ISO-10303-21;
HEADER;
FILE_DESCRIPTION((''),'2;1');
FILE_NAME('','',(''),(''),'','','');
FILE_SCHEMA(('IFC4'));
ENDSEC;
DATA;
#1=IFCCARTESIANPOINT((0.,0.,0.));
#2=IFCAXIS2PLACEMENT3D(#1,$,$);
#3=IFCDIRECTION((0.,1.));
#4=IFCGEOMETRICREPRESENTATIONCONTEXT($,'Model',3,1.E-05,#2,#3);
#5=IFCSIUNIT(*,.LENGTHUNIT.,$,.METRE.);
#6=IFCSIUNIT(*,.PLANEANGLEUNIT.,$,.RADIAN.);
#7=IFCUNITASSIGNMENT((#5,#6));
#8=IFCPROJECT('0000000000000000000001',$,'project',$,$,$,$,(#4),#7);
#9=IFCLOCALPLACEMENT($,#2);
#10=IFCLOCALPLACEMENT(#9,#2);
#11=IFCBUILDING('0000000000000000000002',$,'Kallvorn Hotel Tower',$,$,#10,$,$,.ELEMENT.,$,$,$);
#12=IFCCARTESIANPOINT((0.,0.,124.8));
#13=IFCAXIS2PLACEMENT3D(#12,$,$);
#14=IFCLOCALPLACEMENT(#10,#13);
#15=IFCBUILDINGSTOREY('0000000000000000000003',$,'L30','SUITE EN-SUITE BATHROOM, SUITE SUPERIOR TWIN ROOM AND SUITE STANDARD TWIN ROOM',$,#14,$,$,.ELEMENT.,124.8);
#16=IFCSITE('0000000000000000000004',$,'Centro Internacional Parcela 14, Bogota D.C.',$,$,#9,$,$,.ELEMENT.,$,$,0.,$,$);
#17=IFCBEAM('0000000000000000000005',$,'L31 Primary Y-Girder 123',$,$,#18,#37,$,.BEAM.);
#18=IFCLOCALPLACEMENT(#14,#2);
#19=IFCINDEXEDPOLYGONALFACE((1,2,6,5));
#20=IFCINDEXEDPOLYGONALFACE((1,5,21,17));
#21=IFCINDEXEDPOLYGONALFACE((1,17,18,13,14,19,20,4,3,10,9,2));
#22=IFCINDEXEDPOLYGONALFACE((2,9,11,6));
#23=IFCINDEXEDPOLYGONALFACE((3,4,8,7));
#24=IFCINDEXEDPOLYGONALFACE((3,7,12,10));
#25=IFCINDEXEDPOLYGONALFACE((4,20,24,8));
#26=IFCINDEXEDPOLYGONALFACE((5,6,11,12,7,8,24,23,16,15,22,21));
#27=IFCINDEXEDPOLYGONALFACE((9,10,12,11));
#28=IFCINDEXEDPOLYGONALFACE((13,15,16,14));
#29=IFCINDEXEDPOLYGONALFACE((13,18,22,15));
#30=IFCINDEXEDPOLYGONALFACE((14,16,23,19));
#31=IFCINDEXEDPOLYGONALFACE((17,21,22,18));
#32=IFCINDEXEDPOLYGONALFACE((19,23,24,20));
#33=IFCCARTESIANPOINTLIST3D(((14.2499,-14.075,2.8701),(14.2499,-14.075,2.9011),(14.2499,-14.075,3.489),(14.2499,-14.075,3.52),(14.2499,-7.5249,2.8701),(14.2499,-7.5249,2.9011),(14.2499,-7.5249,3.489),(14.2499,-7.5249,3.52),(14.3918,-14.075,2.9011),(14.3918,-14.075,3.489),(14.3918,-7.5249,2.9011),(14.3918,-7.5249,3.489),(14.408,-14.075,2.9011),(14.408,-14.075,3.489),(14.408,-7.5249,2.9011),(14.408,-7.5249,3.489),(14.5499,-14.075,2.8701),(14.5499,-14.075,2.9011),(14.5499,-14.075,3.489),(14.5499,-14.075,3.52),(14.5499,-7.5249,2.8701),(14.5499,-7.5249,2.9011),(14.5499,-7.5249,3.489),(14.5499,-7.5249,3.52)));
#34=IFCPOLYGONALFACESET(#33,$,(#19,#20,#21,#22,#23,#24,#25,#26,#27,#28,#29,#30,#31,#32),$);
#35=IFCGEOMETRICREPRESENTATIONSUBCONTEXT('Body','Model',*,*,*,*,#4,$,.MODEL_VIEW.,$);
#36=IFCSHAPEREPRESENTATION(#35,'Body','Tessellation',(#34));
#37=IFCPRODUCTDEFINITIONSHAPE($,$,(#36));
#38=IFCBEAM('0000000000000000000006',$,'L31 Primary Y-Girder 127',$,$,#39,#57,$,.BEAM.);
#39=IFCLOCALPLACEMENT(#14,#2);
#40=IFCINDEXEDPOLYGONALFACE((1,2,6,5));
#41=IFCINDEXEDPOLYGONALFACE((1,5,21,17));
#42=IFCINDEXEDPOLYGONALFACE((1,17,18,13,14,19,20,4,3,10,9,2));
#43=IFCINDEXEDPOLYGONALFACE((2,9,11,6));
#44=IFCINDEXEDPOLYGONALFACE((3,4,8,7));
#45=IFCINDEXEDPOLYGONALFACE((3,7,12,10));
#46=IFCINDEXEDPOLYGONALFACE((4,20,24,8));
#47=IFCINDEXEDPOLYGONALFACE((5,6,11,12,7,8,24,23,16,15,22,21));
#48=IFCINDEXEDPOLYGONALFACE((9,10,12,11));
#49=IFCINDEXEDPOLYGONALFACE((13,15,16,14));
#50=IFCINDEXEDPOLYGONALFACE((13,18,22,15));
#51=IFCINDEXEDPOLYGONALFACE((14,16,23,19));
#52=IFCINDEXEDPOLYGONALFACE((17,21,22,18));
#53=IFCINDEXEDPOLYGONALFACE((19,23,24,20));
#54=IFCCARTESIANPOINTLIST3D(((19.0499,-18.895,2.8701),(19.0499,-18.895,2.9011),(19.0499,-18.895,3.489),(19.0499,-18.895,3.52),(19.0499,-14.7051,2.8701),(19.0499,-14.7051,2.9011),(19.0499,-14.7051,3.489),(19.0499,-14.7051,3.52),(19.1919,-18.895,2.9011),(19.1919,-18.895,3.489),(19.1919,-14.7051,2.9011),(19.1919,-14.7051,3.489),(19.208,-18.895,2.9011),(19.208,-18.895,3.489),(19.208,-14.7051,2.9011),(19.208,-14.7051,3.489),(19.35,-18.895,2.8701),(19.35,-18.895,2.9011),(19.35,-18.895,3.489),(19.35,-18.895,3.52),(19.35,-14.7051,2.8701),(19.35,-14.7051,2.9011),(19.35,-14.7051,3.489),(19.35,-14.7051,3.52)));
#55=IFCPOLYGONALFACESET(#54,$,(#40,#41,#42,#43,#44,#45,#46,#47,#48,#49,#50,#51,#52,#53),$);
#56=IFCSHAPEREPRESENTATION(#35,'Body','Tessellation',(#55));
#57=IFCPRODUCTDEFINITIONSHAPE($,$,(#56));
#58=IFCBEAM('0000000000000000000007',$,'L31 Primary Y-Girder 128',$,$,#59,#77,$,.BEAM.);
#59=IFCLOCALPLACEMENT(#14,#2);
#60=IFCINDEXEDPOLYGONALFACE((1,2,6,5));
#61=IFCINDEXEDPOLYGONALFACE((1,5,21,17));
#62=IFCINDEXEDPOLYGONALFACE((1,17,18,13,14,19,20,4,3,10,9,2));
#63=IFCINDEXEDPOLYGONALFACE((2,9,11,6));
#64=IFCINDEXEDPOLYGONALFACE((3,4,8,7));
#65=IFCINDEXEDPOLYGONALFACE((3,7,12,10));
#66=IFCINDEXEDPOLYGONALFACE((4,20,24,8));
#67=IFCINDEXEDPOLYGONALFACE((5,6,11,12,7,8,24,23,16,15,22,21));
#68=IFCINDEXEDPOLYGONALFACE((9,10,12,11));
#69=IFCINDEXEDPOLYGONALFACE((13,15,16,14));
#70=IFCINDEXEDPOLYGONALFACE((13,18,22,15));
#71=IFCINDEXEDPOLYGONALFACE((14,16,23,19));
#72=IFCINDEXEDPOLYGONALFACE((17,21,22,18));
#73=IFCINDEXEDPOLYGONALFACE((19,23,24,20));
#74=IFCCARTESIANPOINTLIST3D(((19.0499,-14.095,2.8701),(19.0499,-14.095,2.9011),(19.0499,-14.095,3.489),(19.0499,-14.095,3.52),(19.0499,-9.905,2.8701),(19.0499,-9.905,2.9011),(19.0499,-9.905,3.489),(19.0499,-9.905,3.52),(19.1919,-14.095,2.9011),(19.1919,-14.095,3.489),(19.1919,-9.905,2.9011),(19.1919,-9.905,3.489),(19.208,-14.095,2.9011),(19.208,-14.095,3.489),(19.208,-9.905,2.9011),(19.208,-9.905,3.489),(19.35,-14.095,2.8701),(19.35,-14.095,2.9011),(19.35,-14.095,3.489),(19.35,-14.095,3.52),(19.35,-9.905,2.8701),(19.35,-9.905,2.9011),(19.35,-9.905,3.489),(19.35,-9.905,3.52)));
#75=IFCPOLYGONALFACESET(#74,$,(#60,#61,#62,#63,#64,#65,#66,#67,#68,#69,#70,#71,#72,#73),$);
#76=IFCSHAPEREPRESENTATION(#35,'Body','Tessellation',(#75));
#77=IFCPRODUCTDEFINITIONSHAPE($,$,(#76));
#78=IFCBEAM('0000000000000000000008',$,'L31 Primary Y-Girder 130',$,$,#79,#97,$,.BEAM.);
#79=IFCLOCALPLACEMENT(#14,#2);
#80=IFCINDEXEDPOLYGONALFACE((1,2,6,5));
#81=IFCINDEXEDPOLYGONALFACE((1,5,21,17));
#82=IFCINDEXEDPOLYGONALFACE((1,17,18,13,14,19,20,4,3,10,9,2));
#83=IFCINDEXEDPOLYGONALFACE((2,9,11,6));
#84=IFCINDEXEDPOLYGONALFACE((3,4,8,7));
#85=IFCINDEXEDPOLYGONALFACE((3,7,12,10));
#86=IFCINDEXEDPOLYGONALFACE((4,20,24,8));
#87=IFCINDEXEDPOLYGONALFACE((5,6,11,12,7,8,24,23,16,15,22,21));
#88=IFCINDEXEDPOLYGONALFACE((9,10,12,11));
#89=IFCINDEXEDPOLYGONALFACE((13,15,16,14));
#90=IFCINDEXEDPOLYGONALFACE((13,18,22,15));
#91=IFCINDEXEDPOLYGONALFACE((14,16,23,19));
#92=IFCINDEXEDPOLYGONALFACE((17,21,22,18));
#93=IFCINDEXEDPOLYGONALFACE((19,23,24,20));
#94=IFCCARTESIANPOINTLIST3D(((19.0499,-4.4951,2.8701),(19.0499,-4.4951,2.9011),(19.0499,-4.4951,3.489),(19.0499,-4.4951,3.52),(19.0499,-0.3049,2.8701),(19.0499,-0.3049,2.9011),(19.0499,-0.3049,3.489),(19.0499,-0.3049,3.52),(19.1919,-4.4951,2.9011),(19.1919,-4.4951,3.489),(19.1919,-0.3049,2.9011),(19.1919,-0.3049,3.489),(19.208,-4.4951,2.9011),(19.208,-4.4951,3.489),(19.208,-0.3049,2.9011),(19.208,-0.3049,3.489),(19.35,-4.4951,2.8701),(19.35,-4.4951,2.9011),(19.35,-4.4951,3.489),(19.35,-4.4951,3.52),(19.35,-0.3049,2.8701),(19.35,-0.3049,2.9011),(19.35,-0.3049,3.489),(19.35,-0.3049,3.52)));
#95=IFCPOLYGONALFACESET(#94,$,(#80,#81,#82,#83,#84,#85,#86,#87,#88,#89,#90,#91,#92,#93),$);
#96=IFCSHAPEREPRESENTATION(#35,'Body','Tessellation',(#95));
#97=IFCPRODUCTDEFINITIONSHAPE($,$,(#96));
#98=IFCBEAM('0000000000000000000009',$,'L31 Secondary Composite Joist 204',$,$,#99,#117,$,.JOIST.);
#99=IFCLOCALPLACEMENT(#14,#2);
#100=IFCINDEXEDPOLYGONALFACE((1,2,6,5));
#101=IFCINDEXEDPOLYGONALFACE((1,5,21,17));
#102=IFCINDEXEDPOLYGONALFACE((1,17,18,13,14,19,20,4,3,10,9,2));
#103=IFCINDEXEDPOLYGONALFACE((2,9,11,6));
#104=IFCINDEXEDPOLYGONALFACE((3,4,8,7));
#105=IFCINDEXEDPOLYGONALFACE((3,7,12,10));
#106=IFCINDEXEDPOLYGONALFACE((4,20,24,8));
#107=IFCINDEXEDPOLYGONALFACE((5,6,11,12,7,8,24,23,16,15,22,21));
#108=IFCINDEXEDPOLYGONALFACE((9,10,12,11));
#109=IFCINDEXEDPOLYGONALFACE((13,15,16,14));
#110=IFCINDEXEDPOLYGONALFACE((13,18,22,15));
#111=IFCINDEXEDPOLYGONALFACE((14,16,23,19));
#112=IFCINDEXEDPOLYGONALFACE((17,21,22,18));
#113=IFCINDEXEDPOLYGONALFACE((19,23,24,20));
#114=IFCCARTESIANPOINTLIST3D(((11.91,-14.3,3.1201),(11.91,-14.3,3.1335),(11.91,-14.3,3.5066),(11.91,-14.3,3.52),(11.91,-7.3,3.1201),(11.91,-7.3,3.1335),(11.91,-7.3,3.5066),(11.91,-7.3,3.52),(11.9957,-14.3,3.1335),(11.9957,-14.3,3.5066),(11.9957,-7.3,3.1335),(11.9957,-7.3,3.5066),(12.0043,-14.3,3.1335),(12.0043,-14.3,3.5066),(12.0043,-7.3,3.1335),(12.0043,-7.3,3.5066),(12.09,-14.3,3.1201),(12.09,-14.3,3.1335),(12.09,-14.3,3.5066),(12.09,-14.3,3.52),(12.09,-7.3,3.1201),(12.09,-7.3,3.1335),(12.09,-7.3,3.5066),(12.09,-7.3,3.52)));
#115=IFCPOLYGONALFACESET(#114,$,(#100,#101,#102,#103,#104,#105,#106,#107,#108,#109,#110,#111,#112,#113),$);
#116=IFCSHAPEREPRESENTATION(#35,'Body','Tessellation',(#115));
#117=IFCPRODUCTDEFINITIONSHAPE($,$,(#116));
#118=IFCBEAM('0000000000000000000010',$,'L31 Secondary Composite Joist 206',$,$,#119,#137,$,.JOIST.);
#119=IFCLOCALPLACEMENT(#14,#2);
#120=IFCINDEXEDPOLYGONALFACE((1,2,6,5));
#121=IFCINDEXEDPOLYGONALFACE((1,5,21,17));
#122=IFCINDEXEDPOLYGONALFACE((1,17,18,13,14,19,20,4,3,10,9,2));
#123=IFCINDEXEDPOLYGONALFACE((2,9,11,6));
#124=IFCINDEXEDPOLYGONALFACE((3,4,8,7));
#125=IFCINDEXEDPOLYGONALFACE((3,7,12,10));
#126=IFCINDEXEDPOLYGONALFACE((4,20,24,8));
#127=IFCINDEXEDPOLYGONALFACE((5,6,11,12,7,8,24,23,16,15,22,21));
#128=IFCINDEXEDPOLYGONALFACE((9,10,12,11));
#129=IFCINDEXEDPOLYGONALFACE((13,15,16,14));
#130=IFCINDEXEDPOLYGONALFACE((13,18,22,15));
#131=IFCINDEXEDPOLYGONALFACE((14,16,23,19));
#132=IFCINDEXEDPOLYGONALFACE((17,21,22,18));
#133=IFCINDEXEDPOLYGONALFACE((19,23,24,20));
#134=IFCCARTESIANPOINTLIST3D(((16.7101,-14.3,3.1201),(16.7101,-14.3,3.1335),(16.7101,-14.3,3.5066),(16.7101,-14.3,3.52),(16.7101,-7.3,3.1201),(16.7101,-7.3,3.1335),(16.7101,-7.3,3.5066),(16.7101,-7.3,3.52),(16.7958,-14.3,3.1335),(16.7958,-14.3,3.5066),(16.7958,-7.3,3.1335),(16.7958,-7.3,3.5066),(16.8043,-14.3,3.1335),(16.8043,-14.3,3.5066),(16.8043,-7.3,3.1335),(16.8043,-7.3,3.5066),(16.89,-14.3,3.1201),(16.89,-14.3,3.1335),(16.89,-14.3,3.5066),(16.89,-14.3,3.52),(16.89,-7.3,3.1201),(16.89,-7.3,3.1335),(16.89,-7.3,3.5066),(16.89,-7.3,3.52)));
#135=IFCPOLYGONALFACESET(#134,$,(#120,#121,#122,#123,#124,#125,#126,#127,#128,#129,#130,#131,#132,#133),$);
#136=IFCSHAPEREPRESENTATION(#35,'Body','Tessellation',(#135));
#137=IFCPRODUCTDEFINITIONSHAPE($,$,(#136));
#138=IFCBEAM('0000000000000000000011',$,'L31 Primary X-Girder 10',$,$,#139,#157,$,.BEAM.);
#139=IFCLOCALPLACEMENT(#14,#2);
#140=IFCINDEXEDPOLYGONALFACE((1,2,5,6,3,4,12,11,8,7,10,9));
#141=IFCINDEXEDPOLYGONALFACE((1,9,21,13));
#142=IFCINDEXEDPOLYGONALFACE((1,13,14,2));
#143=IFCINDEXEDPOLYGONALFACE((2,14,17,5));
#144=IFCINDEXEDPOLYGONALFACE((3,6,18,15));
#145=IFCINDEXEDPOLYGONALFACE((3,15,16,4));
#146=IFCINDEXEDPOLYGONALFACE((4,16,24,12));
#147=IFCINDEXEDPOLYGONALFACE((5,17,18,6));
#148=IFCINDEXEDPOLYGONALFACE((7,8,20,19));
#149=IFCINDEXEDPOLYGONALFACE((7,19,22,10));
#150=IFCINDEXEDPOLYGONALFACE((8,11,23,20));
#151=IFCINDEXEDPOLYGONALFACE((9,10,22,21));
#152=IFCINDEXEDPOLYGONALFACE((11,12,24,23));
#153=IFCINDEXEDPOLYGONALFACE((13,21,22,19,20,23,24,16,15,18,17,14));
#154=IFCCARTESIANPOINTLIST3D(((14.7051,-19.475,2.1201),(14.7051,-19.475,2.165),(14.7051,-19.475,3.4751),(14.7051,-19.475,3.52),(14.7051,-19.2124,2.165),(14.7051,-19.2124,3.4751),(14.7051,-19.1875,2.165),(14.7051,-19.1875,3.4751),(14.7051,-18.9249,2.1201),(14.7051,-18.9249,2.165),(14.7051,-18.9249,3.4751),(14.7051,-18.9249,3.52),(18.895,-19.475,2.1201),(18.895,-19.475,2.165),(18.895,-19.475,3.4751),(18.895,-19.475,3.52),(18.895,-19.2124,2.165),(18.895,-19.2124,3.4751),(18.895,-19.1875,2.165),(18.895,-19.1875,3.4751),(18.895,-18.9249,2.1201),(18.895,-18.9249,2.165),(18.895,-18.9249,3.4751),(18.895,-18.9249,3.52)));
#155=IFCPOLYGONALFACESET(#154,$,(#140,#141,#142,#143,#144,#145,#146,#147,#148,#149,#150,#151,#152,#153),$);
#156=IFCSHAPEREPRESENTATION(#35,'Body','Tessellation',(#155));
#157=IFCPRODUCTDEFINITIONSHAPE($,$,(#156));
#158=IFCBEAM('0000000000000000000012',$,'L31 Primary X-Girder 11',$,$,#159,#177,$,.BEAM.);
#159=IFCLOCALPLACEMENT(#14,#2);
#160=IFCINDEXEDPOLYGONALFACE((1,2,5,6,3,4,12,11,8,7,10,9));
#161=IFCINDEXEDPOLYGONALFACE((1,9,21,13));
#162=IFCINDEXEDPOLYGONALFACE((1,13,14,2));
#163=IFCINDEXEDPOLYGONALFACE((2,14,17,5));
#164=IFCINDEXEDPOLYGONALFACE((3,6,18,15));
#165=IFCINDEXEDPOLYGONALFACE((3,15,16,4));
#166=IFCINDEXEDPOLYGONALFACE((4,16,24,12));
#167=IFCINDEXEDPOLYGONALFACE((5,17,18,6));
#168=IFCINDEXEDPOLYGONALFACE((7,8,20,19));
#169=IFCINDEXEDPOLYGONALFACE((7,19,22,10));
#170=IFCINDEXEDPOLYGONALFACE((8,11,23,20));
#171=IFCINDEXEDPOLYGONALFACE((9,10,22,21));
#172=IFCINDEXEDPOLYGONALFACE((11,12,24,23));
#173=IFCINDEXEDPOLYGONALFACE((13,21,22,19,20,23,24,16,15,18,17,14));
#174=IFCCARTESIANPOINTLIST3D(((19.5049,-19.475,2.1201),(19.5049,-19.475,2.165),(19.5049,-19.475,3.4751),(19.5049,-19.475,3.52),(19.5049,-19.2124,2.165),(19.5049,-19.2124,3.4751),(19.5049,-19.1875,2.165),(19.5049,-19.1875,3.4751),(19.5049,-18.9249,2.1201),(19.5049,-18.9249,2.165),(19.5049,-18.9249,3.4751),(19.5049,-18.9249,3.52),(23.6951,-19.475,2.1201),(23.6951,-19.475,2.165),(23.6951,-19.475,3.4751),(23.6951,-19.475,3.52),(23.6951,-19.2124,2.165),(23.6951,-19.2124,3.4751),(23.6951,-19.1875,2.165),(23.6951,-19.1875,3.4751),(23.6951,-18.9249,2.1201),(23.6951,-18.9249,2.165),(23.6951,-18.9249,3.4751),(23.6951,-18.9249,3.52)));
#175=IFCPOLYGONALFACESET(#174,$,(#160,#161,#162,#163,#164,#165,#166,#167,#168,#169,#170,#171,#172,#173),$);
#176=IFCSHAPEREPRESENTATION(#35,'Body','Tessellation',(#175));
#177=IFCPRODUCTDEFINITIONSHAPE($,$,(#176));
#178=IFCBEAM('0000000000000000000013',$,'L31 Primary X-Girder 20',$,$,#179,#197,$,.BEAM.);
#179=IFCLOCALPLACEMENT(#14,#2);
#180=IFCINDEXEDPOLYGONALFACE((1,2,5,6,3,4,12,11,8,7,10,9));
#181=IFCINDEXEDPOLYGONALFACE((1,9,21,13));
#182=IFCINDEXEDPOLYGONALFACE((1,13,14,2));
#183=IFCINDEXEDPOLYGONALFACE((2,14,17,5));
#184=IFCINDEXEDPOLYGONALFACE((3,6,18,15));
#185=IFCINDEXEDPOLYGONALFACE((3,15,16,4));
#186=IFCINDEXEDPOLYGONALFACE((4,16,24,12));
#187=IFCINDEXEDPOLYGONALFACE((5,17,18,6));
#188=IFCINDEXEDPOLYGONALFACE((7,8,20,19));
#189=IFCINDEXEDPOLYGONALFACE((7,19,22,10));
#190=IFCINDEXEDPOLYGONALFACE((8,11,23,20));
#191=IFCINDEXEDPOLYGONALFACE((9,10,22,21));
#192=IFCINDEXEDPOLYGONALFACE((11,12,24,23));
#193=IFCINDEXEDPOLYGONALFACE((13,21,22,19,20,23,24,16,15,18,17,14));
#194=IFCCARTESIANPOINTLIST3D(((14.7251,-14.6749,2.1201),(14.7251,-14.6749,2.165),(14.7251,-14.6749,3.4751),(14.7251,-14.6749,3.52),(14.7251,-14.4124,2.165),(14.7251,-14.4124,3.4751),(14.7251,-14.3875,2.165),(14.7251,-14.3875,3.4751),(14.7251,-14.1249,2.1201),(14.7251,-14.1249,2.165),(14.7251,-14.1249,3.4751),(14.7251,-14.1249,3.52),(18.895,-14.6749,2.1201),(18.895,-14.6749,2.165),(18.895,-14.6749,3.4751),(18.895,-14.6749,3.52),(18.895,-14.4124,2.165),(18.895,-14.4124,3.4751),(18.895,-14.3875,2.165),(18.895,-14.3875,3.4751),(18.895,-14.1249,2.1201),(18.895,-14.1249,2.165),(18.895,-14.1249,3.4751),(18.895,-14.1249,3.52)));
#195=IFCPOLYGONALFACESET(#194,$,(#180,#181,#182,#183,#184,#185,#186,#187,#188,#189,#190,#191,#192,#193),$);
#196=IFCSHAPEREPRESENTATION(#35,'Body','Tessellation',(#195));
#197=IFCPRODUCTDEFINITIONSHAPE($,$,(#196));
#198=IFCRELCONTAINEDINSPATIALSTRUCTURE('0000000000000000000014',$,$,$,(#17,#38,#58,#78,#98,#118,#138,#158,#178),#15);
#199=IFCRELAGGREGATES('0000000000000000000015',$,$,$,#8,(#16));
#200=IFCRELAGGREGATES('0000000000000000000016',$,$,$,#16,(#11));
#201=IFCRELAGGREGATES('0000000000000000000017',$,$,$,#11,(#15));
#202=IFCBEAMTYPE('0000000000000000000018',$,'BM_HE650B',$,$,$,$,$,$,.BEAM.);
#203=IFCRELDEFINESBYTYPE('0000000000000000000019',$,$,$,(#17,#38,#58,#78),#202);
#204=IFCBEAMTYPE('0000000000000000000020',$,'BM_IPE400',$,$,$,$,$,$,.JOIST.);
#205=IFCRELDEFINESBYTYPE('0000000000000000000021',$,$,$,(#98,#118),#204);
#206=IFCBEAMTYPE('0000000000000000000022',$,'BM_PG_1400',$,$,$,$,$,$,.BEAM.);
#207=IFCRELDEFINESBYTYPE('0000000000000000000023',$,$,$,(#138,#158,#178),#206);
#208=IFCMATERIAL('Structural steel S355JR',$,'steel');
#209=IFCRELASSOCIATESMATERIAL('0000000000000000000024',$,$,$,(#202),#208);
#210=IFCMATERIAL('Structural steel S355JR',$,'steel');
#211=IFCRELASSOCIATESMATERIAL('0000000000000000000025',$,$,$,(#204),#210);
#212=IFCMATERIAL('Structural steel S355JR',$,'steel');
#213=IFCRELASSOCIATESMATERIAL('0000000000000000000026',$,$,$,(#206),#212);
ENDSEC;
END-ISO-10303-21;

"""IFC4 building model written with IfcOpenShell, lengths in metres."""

from ifc_helpers import new_model, si_unit, direction, frame, origin, origin_2d, place, context, subcontext, project, spatial, i_section, extrude, material, material_profile, profile_set, type_object, element, save


model = new_model("IFC4")

# Units and contexts
model_context = context("Model", 3, precision=1e-05, world=origin(), true_north=direction((0.0, 1.0)))
body_context = subcontext(model_context, "Body", "Model", "MODEL_VIEW")
ifc_project = project(units=[si_unit("LENGTHUNIT", "METRE"), si_unit("PLANEANGLEUNIT", "RADIAN")], contexts=[model_context])

# Site, building, storey
site_placement = place(None, origin())
site = spatial("IfcSite", under=ifc_project, at=site_placement, Name="Centro Internacional Parcela 14, Bogota D.C.", CompositionType="ELEMENT", RefElevation=0.0)
building_placement = place(site_placement, origin())
building = spatial("IfcBuilding", under=site, at=building_placement, Name="Kallvorn Hotel Tower", CompositionType="ELEMENT")
storey_placement = place(building_placement, frame((0.0, 0.0, 124.8)))
storey = spatial("IfcBuildingStorey", under=building, at=storey_placement, Name="L30", Description="SUITE EN-SUITE BATHROOM, SUITE SUPERIOR TWIN ROOM AND SUITE STANDARD TWIN ROOM", CompositionType="ELEMENT", Elevation=124.8)

# Beams
ifc_material_1 = material(Name="Structural steel S355JR", Category="steel")
ifc_material_profile_1 = material_profile(ifc_material_1, i_section(OverallWidth=0.3, OverallDepth=0.6499, WebThickness=0.0161, FlangeThickness=0.031, at=origin_2d()), Name="HE 650 B")
ifc_profile_set_1 = profile_set([ifc_material_profile_1], Name="Structural steel S355JR")
beam_type_1 = type_object("IfcBeamType", Name="BM_HE650B", PredefinedType="BEAM", material=ifc_profile_set_1)
beam_1_placement = place(storey_placement, frame((14.3999, -14.075, 3.1951), z_axis=(0.0, 1.0, 0.0), x_axis=(-1.0, 0.0, 0.0)))
element("IfcBeam", 1, at=beam_1_placement, inside=storey, type_object=beam_type_1, Name="L31 Primary Y-Girder 123", PredefinedType="BEAM", context=body_context, shape_type="SweptSolid", body=[
    extrude(i_section(OverallWidth=0.3, OverallDepth=0.6499, WebThickness=0.0161, FlangeThickness=0.031, at=origin_2d()), origin(), (0.0, 0.0, 1.0), 6.55),
])
for number, where, z_axis, x_axis, name in (
    (2, (19.2, -18.895, 3.1951), (0.0, 1.0, 0.0), (-1.0, 0.0, 0.0), "L31 Primary Y-Girder 127"),
    (3, (19.2, -14.095, 3.1951), (0.0, 1.0, 0.0), (-1.0, 0.0, 0.0), "L31 Primary Y-Girder 128"),
):
    element("IfcBeam", number, at=place(storey_placement, frame(where, z_axis=z_axis, x_axis=x_axis)), inside=storey, type_object=beam_type_1, Name=name, PredefinedType="BEAM", context=body_context, shape_type="SweptSolid", body=[
        extrude(i_section(OverallWidth=0.3, OverallDepth=0.6499, WebThickness=0.0161, FlangeThickness=0.031, at=origin_2d()), origin(), (0.0, 0.0, 1.0), 4.1899),
    ])
beam_2_placement = place(storey_placement, frame((19.2, -4.4951, 3.1951), z_axis=(0.0, 1.0, 0.0), x_axis=(-1.0, 0.0, 0.0)))
element("IfcBeam", 4, at=beam_2_placement, inside=storey, type_object=beam_type_1, Name="L31 Primary Y-Girder 130", PredefinedType="BEAM", context=body_context, shape_type="SweptSolid", body=[
    extrude(i_section(OverallWidth=0.3, OverallDepth=0.6499, WebThickness=0.0161, FlangeThickness=0.031, at=origin_2d()), origin(), (0.0, 0.0, 1.0), 4.1902),
])
ifc_material_2 = material(Name="Structural steel S355JR", Category="steel")
ifc_material_profile_2 = material_profile(ifc_material_2, i_section(OverallWidth=0.1799, OverallDepth=0.3999, WebThickness=0.0085, FlangeThickness=0.0134, at=origin_2d()), Name="IPE 400")
ifc_profile_set_2 = profile_set([ifc_material_profile_2], Name="Structural steel S355JR")
beam_type_2 = type_object("IfcBeamType", Name="BM_IPE400", PredefinedType="JOIST", material=ifc_profile_set_2)
for number, where, z_axis, x_axis, name in (
    (5, (12.0, -14.3, 3.3201), (0.0, 1.0, 0.0), (-1.0, 0.0, 0.0), "L31 Secondary Composite Joist 204"),
    (6, (16.8, -14.3, 3.3201), (0.0, 1.0, 0.0), (-1.0, 0.0, 0.0), "L31 Secondary Composite Joist 206"),
):
    element("IfcBeam", number, at=place(storey_placement, frame(where, z_axis=z_axis, x_axis=x_axis)), inside=storey, type_object=beam_type_2, Name=name, PredefinedType="JOIST", context=body_context, shape_type="SweptSolid", body=[
        extrude(i_section(OverallWidth=0.1799, OverallDepth=0.3999, WebThickness=0.0085, FlangeThickness=0.0134, at=origin_2d()), origin(), (0.0, 0.0, 1.0), 7.0),
    ])
ifc_material_3 = material(Name="Structural steel S355JR", Category="steel")
ifc_material_profile_3 = material_profile(ifc_material_3, i_section(OverallWidth=0.55, OverallDepth=1.3999, WebThickness=0.0249, FlangeThickness=0.0449, at=origin_2d()), Name="PG 1400x550x25x45")
ifc_profile_set_3 = profile_set([ifc_material_profile_3], Name="Structural steel S355JR")
beam_type_3 = type_object("IfcBeamType", Name="BM_PG_1400", PredefinedType="BEAM", material=ifc_profile_set_3)
beam_3_placement = place(storey_placement, frame((14.7051, -19.2, 2.8201), z_axis=(1.0, 0.0, 0.0), x_axis=(0.0, 1.0, 0.0)))
element("IfcBeam", 7, at=beam_3_placement, inside=storey, type_object=beam_type_3, Name="L31 Primary X-Girder 10", PredefinedType="BEAM", context=body_context, shape_type="SweptSolid", body=[
    extrude(i_section(OverallWidth=0.55, OverallDepth=1.3999, WebThickness=0.0249, FlangeThickness=0.0449, at=origin_2d()), origin(), (0.0, 0.0, 1.0), 4.1899),
])
beam_4_placement = place(storey_placement, frame((19.5049, -19.2, 2.8201), z_axis=(1.0, 0.0, 0.0), x_axis=(0.0, 1.0, 0.0)))
element("IfcBeam", 8, at=beam_4_placement, inside=storey, type_object=beam_type_3, Name="L31 Primary X-Girder 11", PredefinedType="BEAM", context=body_context, shape_type="SweptSolid", body=[
    extrude(i_section(OverallWidth=0.55, OverallDepth=1.3999, WebThickness=0.0249, FlangeThickness=0.0449, at=origin_2d()), origin(), (0.0, 0.0, 1.0), 4.1902),
])
beam_5_placement = place(storey_placement, frame((14.7251, -14.3999, 2.8201), z_axis=(1.0, 0.0, 0.0), x_axis=(0.0, 1.0, 0.0)))
element("IfcBeam", 9, at=beam_5_placement, inside=storey, type_object=beam_type_3, Name="L31 Primary X-Girder 20", PredefinedType="BEAM", context=body_context, shape_type="SweptSolid", body=[
    extrude(i_section(OverallWidth=0.55, OverallDepth=1.3999, WebThickness=0.0249, FlangeThickness=0.0449, at=origin_2d()), origin(), (0.0, 0.0, 1.0), 4.1699),
])

save(model, "model.ifc")
